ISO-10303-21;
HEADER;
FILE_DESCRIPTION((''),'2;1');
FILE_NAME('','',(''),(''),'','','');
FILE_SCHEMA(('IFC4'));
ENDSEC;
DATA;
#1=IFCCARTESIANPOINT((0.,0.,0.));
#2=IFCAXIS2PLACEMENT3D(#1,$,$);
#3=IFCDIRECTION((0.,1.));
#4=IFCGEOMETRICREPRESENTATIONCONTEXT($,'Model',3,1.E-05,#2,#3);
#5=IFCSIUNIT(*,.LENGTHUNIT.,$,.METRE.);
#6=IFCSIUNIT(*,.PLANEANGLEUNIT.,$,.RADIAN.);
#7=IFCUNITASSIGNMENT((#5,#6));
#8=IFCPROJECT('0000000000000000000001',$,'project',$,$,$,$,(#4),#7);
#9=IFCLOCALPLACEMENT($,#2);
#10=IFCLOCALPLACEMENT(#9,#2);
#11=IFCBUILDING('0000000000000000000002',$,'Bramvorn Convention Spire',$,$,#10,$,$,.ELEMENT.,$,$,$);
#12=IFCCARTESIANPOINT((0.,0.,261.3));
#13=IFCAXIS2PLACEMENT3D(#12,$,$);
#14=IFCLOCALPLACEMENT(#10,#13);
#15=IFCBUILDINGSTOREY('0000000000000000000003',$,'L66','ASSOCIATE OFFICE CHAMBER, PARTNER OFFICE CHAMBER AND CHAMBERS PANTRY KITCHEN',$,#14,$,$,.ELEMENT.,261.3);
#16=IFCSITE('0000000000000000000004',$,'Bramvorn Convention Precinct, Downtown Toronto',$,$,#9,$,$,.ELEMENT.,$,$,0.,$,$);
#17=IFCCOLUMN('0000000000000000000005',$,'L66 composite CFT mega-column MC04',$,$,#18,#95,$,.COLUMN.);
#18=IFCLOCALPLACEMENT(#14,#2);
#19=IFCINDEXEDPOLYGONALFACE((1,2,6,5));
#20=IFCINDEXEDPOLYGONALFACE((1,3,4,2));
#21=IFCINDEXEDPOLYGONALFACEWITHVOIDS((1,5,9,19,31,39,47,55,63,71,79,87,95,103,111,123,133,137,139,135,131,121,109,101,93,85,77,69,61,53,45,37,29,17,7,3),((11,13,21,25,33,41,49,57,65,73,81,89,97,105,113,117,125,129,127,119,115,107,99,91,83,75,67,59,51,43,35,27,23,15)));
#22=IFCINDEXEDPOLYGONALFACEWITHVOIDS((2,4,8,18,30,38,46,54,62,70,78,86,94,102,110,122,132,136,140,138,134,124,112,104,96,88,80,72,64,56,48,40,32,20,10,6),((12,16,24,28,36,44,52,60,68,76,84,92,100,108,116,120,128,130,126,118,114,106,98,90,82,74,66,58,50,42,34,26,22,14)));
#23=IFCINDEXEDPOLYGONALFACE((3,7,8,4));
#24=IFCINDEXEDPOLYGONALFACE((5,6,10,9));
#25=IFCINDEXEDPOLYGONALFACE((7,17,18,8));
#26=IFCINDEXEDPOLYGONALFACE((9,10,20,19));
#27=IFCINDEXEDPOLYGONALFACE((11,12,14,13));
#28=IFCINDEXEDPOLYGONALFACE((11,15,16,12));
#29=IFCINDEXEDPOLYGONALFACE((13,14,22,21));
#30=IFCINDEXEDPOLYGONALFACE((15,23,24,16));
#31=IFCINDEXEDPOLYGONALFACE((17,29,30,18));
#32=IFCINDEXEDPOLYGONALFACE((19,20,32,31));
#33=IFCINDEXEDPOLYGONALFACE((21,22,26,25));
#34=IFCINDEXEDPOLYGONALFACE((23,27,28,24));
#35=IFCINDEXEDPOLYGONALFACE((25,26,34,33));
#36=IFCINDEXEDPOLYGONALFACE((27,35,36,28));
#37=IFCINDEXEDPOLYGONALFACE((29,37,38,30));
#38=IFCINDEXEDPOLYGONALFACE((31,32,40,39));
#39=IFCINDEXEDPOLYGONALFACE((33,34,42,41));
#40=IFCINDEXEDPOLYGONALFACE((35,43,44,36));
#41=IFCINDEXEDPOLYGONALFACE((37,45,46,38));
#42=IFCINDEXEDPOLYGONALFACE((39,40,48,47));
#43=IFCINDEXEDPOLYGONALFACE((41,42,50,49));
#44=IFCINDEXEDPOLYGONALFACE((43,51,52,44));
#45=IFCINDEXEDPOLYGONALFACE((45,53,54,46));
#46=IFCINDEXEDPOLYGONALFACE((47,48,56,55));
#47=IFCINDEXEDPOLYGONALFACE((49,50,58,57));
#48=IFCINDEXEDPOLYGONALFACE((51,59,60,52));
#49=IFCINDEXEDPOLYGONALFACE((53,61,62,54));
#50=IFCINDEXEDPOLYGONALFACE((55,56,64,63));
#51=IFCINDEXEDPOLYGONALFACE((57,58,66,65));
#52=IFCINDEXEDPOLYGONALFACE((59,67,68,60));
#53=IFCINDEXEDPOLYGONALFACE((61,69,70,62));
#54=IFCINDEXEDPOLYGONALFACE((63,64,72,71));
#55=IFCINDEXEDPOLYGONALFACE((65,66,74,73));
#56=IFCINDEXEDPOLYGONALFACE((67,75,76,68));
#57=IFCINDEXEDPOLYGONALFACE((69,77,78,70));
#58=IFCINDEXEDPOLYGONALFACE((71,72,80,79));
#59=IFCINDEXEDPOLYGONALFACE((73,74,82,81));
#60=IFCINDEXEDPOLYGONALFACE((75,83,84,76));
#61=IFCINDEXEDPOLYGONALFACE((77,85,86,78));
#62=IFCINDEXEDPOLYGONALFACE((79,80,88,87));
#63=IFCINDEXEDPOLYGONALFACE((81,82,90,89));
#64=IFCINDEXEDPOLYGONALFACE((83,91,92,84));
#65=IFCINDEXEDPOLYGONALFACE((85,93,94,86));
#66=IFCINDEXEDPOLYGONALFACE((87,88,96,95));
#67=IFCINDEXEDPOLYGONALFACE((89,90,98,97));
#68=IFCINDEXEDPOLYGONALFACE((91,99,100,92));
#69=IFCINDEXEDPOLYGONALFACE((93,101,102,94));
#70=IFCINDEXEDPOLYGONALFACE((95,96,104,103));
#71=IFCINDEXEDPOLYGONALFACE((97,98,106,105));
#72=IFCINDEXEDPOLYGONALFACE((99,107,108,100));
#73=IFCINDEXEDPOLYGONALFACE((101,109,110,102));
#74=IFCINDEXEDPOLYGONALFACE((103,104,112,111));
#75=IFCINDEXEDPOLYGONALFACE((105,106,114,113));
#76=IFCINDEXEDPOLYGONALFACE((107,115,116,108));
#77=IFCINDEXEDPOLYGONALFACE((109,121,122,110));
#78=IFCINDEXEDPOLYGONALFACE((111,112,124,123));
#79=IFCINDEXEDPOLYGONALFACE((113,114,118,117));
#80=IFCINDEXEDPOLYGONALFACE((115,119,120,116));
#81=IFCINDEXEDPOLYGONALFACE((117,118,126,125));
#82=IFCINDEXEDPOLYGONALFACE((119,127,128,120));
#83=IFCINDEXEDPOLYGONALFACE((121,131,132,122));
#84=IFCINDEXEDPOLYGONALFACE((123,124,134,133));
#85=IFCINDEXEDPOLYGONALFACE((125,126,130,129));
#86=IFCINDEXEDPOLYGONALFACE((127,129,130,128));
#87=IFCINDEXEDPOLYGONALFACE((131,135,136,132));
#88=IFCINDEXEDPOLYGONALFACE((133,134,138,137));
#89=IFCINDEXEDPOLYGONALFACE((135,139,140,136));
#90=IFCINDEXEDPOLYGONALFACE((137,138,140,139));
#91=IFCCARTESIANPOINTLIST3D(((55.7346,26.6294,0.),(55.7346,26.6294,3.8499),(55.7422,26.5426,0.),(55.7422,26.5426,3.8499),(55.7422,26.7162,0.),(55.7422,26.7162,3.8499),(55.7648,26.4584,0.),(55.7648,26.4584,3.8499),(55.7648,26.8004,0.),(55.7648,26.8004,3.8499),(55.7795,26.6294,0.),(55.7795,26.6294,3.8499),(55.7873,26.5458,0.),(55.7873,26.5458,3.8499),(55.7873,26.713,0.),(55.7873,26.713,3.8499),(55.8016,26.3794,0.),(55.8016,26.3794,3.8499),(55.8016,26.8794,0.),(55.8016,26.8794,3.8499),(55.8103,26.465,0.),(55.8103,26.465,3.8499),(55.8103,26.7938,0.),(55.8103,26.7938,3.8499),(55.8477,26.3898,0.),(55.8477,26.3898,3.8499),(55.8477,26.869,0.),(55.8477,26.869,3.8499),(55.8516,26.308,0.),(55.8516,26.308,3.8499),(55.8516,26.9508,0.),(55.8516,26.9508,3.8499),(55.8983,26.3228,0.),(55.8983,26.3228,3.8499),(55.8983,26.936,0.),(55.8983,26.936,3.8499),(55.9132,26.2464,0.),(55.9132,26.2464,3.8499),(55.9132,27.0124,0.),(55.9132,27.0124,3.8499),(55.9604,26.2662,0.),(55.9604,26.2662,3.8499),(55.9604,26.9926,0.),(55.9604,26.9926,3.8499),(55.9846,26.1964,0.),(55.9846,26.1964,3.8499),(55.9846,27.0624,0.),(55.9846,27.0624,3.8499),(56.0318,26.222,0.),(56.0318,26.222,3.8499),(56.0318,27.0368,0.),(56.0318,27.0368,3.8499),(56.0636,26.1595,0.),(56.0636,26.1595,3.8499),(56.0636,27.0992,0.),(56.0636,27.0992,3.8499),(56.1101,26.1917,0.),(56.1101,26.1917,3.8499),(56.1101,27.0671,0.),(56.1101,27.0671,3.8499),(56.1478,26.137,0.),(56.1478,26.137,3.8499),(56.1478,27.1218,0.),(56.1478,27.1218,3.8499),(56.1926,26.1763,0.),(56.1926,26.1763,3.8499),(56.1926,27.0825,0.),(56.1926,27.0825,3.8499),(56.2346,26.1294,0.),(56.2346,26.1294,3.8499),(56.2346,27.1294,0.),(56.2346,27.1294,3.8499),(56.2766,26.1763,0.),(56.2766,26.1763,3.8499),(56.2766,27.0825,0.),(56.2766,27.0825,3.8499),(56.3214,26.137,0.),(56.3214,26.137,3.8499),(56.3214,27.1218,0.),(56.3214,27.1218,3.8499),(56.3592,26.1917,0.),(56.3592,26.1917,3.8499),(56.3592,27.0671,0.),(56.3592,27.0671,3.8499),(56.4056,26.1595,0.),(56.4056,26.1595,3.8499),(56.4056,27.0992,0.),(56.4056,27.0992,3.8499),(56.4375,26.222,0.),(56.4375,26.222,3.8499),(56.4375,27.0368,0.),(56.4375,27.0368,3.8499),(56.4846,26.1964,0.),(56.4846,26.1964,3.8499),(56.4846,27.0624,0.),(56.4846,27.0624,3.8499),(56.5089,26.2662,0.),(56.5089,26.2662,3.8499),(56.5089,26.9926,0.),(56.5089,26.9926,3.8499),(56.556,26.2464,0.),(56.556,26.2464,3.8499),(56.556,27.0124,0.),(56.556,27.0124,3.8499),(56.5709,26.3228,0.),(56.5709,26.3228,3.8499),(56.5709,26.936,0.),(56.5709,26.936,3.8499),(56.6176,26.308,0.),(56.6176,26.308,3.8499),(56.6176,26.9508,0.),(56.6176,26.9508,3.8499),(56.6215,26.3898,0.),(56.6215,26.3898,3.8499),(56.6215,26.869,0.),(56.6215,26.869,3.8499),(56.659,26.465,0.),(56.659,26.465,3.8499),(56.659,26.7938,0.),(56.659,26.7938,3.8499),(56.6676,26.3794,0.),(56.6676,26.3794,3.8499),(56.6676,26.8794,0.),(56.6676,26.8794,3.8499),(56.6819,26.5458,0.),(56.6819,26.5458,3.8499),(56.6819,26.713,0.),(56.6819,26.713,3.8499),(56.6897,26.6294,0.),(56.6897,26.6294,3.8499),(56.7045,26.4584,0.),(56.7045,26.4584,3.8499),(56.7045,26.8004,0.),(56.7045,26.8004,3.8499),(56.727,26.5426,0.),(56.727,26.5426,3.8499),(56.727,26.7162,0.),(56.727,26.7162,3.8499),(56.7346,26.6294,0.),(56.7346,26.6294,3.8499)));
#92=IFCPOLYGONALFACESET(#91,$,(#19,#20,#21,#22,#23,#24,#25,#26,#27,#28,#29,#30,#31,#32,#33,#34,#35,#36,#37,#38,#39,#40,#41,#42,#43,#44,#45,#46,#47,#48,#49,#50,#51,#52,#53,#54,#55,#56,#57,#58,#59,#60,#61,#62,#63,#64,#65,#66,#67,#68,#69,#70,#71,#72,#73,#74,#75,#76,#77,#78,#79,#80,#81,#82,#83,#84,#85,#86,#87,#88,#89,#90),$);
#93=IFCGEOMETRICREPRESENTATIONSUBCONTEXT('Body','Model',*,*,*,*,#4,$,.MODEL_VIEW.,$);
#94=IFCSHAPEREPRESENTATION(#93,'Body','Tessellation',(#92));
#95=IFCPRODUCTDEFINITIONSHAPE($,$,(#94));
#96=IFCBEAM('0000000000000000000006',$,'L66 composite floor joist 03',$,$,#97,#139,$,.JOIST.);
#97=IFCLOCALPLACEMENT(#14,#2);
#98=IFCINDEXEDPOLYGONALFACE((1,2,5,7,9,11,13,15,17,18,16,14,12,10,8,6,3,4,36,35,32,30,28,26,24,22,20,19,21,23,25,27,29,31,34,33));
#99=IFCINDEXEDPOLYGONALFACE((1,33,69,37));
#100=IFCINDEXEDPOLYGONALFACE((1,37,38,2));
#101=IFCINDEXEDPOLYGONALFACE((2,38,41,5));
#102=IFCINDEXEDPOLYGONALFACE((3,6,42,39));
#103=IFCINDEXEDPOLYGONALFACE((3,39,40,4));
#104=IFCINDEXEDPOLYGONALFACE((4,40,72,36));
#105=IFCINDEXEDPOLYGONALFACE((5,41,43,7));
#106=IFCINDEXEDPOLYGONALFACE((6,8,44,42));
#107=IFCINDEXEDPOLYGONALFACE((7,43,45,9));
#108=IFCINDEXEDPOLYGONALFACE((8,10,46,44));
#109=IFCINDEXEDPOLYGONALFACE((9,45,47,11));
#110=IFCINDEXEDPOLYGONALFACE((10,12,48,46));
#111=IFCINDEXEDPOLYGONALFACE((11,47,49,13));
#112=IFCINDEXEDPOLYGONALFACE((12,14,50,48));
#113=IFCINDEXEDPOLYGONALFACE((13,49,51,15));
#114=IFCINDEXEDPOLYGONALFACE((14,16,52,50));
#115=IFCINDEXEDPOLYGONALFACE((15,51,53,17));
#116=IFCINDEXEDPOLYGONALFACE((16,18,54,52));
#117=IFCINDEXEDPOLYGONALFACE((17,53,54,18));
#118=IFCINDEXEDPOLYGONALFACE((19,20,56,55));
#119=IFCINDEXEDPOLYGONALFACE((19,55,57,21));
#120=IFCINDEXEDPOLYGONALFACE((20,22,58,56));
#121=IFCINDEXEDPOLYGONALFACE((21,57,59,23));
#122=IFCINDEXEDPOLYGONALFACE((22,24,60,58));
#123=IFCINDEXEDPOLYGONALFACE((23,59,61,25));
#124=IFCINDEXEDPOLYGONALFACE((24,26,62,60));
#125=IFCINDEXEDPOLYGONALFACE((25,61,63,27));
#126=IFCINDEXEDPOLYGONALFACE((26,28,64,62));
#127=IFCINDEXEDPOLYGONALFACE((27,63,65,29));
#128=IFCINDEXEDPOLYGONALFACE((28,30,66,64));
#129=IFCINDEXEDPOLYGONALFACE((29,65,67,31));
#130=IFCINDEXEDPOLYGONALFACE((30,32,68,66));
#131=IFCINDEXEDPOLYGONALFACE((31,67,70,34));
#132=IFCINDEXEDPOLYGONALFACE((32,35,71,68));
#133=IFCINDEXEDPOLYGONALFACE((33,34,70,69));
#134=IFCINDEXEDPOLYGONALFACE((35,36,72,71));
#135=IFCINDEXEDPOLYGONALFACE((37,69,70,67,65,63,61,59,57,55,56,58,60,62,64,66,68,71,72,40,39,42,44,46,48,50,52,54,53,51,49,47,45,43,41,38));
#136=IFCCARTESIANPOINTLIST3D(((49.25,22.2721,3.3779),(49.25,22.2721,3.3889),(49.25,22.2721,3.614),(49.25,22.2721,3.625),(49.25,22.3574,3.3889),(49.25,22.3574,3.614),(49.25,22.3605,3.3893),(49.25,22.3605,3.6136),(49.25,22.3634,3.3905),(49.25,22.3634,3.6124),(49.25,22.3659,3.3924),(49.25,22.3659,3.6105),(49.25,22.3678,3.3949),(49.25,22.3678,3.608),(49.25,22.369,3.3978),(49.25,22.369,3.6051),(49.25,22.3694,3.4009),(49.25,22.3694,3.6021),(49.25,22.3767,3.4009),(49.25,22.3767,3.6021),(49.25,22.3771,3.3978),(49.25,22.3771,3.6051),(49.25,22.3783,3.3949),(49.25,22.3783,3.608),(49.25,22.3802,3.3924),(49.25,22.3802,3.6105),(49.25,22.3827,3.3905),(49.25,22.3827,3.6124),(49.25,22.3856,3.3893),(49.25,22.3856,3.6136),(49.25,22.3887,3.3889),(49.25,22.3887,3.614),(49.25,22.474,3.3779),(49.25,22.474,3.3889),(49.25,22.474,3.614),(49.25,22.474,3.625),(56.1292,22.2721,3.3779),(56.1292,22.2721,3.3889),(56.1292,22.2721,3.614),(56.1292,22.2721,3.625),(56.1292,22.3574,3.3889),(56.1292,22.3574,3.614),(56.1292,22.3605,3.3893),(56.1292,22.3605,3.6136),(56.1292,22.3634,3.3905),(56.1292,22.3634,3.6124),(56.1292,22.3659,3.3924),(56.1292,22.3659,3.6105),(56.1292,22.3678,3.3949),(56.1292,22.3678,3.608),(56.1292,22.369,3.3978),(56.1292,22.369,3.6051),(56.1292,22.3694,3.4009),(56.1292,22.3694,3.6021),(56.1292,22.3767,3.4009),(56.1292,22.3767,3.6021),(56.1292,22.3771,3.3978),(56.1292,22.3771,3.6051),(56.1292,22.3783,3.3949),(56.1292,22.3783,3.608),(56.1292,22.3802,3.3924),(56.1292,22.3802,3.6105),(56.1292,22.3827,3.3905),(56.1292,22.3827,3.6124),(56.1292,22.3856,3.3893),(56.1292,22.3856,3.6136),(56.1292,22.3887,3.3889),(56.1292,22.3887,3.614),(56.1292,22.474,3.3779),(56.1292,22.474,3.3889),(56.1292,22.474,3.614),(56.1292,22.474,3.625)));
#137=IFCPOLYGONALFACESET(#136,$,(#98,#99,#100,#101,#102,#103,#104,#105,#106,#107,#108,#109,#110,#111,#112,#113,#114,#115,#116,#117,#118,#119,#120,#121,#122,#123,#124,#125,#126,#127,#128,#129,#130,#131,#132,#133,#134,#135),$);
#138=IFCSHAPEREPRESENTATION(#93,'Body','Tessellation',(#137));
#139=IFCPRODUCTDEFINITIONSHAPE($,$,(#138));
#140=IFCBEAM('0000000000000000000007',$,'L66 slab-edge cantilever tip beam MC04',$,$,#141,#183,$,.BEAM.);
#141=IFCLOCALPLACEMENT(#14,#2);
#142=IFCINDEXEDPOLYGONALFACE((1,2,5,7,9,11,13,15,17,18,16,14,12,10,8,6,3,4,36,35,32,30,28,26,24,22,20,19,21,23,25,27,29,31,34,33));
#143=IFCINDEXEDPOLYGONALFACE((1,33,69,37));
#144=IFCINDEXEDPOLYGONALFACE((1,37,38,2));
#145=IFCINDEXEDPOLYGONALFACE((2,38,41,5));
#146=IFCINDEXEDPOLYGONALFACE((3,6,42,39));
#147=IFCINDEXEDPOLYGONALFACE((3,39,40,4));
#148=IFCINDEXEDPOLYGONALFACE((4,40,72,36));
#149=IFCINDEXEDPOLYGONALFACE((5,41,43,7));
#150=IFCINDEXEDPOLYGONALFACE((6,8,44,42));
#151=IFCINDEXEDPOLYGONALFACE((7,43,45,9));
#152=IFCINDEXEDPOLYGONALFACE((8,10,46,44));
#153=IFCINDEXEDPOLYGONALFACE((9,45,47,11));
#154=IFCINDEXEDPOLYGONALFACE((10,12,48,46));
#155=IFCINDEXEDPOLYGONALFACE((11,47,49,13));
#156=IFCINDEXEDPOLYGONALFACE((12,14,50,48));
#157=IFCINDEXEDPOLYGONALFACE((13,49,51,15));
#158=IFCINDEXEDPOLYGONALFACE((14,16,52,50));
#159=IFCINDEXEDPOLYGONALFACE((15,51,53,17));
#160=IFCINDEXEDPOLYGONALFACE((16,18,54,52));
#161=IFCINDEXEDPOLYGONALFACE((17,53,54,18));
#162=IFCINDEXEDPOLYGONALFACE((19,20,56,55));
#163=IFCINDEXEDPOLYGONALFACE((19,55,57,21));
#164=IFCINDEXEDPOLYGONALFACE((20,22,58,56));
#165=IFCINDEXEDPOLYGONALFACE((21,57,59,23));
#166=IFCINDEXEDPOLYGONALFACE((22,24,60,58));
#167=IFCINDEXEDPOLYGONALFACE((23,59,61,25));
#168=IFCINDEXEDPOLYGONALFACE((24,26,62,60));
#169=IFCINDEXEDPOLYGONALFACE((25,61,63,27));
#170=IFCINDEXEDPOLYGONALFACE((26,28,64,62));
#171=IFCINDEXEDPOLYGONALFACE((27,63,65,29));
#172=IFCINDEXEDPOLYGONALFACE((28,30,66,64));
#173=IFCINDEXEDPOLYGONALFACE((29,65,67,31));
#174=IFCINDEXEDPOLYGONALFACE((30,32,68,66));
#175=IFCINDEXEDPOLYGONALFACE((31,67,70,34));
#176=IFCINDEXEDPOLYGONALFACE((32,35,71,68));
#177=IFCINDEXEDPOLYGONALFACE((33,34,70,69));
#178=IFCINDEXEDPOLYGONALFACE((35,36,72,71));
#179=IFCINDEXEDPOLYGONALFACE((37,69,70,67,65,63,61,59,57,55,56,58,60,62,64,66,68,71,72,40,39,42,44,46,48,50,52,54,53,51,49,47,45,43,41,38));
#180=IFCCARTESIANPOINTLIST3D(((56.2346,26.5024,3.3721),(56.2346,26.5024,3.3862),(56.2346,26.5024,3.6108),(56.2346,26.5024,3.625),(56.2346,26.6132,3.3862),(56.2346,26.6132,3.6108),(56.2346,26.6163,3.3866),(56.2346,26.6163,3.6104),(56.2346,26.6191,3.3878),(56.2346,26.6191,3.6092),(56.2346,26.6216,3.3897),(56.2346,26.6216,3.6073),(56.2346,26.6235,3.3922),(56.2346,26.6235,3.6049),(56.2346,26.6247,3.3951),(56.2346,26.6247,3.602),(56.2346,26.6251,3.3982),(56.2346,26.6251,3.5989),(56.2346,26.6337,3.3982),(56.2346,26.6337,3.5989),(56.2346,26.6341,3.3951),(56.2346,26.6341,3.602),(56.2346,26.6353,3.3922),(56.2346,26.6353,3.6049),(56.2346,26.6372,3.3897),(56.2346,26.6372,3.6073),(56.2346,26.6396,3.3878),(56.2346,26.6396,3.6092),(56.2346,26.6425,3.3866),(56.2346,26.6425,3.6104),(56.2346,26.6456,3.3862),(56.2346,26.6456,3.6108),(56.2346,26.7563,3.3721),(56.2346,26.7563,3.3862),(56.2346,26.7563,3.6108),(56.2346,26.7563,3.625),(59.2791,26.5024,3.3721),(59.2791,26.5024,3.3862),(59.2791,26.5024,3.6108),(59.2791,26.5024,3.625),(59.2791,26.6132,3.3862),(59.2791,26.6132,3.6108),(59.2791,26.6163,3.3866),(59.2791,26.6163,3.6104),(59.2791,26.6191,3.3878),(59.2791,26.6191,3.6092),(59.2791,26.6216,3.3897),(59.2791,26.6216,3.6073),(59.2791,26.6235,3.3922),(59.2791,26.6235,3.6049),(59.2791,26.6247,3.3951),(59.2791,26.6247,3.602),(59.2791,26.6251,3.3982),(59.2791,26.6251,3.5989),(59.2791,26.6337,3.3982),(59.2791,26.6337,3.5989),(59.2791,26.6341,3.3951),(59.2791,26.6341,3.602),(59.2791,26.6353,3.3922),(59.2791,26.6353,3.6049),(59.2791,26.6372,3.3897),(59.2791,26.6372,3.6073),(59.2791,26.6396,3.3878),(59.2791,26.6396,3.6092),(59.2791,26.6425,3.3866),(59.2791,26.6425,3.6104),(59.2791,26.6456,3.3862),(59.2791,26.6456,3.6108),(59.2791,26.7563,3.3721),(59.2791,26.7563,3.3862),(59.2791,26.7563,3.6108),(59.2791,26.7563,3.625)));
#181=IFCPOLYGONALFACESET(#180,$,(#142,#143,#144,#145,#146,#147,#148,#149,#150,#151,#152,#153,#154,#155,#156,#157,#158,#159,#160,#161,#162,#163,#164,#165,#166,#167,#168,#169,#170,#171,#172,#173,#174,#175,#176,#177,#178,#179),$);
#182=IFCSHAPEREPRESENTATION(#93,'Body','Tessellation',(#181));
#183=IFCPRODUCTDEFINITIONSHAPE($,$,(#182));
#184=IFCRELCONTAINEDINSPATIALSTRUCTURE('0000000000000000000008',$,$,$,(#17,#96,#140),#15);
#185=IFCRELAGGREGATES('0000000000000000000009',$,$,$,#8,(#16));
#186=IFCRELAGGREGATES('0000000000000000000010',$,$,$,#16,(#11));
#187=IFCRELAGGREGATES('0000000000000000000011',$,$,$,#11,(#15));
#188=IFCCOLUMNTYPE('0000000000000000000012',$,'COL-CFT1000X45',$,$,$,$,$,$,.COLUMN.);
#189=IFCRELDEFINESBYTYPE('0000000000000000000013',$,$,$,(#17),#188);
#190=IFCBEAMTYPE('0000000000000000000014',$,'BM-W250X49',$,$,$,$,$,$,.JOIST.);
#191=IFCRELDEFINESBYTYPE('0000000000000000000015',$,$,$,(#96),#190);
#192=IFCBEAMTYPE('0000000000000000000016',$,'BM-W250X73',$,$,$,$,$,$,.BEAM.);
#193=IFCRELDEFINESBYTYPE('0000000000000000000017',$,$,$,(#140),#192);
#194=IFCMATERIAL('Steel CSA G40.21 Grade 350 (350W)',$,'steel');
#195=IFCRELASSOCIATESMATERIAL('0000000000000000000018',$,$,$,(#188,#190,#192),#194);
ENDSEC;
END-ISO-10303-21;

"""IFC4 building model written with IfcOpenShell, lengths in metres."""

from ifc_helpers import new_model, si_unit, direction, frame, origin, origin_2d, place, context, subcontext, project, spatial, hollow_circle, i_section, extrude, material, material_profile, profile_set, type_object, element, save


model = new_model("IFC4")

# Units and contexts
model_context = context("Model", 3, precision=1e-05, world=origin(), true_north=direction((0.0, 1.0)))
body_context = subcontext(model_context, "Body", "Model", "MODEL_VIEW")
ifc_project = project(units=[si_unit("LENGTHUNIT", "METRE"), si_unit("PLANEANGLEUNIT", "RADIAN")], contexts=[model_context])

# Site, building, storey
site_placement = place(None, origin())
site = spatial("IfcSite", under=ifc_project, at=site_placement, Name="Bramvorn Convention Precinct, Downtown Toronto", CompositionType="ELEMENT", RefElevation=0.0)
building_placement = place(site_placement, origin())
building = spatial("IfcBuilding", under=site, at=building_placement, Name="Bramvorn Convention Spire", CompositionType="ELEMENT")
storey_placement = place(building_placement, frame((0.0, 0.0, 261.3)))
storey = spatial("IfcBuildingStorey", under=building, at=storey_placement, Name="L66", Description="ASSOCIATE OFFICE CHAMBER, PARTNER OFFICE CHAMBER AND CHAMBERS PANTRY KITCHEN", CompositionType="ELEMENT", Elevation=261.3)

# Column
ifc_material_1 = material(Name="Steel CSA G40.21 Grade 350 (350W)", Category="steel")
ifc_material_profile_1 = material_profile(ifc_material_1, hollow_circle(Radius=0.5, WallThickness=0.0449, at=origin_2d()))
ifc_profile_set_1 = profile_set([ifc_material_profile_1], Name="Steel CSA G40.21 Grade 350 (350W) - CFT1000X45")
column_type = type_object("IfcColumnType", Name="COL-CFT1000X45", PredefinedType="COLUMN", material=ifc_profile_set_1)
column_placement = place(storey_placement, frame((56.2346, 26.6294, 0.0), z_axis=(0.0, 0.0, 1.0), x_axis=(1.0, 0.0, 0.0)))
element("IfcColumn", 1, at=column_placement, inside=storey, type_object=column_type, Name="L66 composite CFT mega-column MC04", PredefinedType="COLUMN", context=body_context, shape_type="SweptSolid", body=[
    extrude(hollow_circle(Radius=0.5, WallThickness=0.0449, at=origin_2d()), origin(), (0.0, 0.0, 1.0), 3.8499),
])

# Beams
ifc_material_profile_2 = material_profile(ifc_material_1, i_section(OverallWidth=0.2019, OverallDepth=0.2471, WebThickness=0.0073, FlangeThickness=0.011, FilletRadius=0.012, at=origin_2d()))
ifc_profile_set_2 = profile_set([ifc_material_profile_2], Name="Steel CSA G40.21 Grade 350 (350W) - W250X49")
beam_type_1 = type_object("IfcBeamType", Name="BM-W250X49", PredefinedType="JOIST", material=ifc_profile_set_2)
beam_1_placement = place(storey_placement, frame((49.25, 22.373, 3.5015), z_axis=(1.0, 0.0, 0.0), x_axis=(0.0, 1.0, 0.0)))
element("IfcBeam", 2, at=beam_1_placement, inside=storey, type_object=beam_type_1, Name="L66 composite floor joist 03", PredefinedType="JOIST", context=body_context, shape_type="SweptSolid", body=[
    extrude(i_section(OverallWidth=0.2019, OverallDepth=0.2471, WebThickness=0.0073, FlangeThickness=0.011, FilletRadius=0.012, at=origin_2d()), origin(), (0.0, 0.0, 1.0), 6.8792),
])
ifc_material_profile_3 = material_profile(ifc_material_1, i_section(OverallWidth=0.2539, OverallDepth=0.2529, WebThickness=0.0085, FlangeThickness=0.0142, FilletRadius=0.012, at=origin_2d()))
ifc_profile_set_3 = profile_set([ifc_material_profile_3], Name="Steel CSA G40.21 Grade 350 (350W) - W250X73")
beam_type_2 = type_object("IfcBeamType", Name="BM-W250X73", PredefinedType="BEAM", material=ifc_profile_set_3)
beam_2_placement = place(storey_placement, frame((56.2346, 26.6294, 3.4985), z_axis=(1.0, 0.0, 0.0), x_axis=(0.0, 1.0, 0.0)))
element("IfcBeam", 3, at=beam_2_placement, inside=storey, type_object=beam_type_2, Name="L66 slab-edge cantilever tip beam MC04", PredefinedType="BEAM", context=body_context, shape_type="SweptSolid", body=[
    extrude(i_section(OverallWidth=0.2539, OverallDepth=0.2529, WebThickness=0.0085, FlangeThickness=0.0142, FilletRadius=0.012, at=origin_2d()), origin(), (0.0, 0.0, 1.0), 3.0444),
])

save(model, "model.ifc")
